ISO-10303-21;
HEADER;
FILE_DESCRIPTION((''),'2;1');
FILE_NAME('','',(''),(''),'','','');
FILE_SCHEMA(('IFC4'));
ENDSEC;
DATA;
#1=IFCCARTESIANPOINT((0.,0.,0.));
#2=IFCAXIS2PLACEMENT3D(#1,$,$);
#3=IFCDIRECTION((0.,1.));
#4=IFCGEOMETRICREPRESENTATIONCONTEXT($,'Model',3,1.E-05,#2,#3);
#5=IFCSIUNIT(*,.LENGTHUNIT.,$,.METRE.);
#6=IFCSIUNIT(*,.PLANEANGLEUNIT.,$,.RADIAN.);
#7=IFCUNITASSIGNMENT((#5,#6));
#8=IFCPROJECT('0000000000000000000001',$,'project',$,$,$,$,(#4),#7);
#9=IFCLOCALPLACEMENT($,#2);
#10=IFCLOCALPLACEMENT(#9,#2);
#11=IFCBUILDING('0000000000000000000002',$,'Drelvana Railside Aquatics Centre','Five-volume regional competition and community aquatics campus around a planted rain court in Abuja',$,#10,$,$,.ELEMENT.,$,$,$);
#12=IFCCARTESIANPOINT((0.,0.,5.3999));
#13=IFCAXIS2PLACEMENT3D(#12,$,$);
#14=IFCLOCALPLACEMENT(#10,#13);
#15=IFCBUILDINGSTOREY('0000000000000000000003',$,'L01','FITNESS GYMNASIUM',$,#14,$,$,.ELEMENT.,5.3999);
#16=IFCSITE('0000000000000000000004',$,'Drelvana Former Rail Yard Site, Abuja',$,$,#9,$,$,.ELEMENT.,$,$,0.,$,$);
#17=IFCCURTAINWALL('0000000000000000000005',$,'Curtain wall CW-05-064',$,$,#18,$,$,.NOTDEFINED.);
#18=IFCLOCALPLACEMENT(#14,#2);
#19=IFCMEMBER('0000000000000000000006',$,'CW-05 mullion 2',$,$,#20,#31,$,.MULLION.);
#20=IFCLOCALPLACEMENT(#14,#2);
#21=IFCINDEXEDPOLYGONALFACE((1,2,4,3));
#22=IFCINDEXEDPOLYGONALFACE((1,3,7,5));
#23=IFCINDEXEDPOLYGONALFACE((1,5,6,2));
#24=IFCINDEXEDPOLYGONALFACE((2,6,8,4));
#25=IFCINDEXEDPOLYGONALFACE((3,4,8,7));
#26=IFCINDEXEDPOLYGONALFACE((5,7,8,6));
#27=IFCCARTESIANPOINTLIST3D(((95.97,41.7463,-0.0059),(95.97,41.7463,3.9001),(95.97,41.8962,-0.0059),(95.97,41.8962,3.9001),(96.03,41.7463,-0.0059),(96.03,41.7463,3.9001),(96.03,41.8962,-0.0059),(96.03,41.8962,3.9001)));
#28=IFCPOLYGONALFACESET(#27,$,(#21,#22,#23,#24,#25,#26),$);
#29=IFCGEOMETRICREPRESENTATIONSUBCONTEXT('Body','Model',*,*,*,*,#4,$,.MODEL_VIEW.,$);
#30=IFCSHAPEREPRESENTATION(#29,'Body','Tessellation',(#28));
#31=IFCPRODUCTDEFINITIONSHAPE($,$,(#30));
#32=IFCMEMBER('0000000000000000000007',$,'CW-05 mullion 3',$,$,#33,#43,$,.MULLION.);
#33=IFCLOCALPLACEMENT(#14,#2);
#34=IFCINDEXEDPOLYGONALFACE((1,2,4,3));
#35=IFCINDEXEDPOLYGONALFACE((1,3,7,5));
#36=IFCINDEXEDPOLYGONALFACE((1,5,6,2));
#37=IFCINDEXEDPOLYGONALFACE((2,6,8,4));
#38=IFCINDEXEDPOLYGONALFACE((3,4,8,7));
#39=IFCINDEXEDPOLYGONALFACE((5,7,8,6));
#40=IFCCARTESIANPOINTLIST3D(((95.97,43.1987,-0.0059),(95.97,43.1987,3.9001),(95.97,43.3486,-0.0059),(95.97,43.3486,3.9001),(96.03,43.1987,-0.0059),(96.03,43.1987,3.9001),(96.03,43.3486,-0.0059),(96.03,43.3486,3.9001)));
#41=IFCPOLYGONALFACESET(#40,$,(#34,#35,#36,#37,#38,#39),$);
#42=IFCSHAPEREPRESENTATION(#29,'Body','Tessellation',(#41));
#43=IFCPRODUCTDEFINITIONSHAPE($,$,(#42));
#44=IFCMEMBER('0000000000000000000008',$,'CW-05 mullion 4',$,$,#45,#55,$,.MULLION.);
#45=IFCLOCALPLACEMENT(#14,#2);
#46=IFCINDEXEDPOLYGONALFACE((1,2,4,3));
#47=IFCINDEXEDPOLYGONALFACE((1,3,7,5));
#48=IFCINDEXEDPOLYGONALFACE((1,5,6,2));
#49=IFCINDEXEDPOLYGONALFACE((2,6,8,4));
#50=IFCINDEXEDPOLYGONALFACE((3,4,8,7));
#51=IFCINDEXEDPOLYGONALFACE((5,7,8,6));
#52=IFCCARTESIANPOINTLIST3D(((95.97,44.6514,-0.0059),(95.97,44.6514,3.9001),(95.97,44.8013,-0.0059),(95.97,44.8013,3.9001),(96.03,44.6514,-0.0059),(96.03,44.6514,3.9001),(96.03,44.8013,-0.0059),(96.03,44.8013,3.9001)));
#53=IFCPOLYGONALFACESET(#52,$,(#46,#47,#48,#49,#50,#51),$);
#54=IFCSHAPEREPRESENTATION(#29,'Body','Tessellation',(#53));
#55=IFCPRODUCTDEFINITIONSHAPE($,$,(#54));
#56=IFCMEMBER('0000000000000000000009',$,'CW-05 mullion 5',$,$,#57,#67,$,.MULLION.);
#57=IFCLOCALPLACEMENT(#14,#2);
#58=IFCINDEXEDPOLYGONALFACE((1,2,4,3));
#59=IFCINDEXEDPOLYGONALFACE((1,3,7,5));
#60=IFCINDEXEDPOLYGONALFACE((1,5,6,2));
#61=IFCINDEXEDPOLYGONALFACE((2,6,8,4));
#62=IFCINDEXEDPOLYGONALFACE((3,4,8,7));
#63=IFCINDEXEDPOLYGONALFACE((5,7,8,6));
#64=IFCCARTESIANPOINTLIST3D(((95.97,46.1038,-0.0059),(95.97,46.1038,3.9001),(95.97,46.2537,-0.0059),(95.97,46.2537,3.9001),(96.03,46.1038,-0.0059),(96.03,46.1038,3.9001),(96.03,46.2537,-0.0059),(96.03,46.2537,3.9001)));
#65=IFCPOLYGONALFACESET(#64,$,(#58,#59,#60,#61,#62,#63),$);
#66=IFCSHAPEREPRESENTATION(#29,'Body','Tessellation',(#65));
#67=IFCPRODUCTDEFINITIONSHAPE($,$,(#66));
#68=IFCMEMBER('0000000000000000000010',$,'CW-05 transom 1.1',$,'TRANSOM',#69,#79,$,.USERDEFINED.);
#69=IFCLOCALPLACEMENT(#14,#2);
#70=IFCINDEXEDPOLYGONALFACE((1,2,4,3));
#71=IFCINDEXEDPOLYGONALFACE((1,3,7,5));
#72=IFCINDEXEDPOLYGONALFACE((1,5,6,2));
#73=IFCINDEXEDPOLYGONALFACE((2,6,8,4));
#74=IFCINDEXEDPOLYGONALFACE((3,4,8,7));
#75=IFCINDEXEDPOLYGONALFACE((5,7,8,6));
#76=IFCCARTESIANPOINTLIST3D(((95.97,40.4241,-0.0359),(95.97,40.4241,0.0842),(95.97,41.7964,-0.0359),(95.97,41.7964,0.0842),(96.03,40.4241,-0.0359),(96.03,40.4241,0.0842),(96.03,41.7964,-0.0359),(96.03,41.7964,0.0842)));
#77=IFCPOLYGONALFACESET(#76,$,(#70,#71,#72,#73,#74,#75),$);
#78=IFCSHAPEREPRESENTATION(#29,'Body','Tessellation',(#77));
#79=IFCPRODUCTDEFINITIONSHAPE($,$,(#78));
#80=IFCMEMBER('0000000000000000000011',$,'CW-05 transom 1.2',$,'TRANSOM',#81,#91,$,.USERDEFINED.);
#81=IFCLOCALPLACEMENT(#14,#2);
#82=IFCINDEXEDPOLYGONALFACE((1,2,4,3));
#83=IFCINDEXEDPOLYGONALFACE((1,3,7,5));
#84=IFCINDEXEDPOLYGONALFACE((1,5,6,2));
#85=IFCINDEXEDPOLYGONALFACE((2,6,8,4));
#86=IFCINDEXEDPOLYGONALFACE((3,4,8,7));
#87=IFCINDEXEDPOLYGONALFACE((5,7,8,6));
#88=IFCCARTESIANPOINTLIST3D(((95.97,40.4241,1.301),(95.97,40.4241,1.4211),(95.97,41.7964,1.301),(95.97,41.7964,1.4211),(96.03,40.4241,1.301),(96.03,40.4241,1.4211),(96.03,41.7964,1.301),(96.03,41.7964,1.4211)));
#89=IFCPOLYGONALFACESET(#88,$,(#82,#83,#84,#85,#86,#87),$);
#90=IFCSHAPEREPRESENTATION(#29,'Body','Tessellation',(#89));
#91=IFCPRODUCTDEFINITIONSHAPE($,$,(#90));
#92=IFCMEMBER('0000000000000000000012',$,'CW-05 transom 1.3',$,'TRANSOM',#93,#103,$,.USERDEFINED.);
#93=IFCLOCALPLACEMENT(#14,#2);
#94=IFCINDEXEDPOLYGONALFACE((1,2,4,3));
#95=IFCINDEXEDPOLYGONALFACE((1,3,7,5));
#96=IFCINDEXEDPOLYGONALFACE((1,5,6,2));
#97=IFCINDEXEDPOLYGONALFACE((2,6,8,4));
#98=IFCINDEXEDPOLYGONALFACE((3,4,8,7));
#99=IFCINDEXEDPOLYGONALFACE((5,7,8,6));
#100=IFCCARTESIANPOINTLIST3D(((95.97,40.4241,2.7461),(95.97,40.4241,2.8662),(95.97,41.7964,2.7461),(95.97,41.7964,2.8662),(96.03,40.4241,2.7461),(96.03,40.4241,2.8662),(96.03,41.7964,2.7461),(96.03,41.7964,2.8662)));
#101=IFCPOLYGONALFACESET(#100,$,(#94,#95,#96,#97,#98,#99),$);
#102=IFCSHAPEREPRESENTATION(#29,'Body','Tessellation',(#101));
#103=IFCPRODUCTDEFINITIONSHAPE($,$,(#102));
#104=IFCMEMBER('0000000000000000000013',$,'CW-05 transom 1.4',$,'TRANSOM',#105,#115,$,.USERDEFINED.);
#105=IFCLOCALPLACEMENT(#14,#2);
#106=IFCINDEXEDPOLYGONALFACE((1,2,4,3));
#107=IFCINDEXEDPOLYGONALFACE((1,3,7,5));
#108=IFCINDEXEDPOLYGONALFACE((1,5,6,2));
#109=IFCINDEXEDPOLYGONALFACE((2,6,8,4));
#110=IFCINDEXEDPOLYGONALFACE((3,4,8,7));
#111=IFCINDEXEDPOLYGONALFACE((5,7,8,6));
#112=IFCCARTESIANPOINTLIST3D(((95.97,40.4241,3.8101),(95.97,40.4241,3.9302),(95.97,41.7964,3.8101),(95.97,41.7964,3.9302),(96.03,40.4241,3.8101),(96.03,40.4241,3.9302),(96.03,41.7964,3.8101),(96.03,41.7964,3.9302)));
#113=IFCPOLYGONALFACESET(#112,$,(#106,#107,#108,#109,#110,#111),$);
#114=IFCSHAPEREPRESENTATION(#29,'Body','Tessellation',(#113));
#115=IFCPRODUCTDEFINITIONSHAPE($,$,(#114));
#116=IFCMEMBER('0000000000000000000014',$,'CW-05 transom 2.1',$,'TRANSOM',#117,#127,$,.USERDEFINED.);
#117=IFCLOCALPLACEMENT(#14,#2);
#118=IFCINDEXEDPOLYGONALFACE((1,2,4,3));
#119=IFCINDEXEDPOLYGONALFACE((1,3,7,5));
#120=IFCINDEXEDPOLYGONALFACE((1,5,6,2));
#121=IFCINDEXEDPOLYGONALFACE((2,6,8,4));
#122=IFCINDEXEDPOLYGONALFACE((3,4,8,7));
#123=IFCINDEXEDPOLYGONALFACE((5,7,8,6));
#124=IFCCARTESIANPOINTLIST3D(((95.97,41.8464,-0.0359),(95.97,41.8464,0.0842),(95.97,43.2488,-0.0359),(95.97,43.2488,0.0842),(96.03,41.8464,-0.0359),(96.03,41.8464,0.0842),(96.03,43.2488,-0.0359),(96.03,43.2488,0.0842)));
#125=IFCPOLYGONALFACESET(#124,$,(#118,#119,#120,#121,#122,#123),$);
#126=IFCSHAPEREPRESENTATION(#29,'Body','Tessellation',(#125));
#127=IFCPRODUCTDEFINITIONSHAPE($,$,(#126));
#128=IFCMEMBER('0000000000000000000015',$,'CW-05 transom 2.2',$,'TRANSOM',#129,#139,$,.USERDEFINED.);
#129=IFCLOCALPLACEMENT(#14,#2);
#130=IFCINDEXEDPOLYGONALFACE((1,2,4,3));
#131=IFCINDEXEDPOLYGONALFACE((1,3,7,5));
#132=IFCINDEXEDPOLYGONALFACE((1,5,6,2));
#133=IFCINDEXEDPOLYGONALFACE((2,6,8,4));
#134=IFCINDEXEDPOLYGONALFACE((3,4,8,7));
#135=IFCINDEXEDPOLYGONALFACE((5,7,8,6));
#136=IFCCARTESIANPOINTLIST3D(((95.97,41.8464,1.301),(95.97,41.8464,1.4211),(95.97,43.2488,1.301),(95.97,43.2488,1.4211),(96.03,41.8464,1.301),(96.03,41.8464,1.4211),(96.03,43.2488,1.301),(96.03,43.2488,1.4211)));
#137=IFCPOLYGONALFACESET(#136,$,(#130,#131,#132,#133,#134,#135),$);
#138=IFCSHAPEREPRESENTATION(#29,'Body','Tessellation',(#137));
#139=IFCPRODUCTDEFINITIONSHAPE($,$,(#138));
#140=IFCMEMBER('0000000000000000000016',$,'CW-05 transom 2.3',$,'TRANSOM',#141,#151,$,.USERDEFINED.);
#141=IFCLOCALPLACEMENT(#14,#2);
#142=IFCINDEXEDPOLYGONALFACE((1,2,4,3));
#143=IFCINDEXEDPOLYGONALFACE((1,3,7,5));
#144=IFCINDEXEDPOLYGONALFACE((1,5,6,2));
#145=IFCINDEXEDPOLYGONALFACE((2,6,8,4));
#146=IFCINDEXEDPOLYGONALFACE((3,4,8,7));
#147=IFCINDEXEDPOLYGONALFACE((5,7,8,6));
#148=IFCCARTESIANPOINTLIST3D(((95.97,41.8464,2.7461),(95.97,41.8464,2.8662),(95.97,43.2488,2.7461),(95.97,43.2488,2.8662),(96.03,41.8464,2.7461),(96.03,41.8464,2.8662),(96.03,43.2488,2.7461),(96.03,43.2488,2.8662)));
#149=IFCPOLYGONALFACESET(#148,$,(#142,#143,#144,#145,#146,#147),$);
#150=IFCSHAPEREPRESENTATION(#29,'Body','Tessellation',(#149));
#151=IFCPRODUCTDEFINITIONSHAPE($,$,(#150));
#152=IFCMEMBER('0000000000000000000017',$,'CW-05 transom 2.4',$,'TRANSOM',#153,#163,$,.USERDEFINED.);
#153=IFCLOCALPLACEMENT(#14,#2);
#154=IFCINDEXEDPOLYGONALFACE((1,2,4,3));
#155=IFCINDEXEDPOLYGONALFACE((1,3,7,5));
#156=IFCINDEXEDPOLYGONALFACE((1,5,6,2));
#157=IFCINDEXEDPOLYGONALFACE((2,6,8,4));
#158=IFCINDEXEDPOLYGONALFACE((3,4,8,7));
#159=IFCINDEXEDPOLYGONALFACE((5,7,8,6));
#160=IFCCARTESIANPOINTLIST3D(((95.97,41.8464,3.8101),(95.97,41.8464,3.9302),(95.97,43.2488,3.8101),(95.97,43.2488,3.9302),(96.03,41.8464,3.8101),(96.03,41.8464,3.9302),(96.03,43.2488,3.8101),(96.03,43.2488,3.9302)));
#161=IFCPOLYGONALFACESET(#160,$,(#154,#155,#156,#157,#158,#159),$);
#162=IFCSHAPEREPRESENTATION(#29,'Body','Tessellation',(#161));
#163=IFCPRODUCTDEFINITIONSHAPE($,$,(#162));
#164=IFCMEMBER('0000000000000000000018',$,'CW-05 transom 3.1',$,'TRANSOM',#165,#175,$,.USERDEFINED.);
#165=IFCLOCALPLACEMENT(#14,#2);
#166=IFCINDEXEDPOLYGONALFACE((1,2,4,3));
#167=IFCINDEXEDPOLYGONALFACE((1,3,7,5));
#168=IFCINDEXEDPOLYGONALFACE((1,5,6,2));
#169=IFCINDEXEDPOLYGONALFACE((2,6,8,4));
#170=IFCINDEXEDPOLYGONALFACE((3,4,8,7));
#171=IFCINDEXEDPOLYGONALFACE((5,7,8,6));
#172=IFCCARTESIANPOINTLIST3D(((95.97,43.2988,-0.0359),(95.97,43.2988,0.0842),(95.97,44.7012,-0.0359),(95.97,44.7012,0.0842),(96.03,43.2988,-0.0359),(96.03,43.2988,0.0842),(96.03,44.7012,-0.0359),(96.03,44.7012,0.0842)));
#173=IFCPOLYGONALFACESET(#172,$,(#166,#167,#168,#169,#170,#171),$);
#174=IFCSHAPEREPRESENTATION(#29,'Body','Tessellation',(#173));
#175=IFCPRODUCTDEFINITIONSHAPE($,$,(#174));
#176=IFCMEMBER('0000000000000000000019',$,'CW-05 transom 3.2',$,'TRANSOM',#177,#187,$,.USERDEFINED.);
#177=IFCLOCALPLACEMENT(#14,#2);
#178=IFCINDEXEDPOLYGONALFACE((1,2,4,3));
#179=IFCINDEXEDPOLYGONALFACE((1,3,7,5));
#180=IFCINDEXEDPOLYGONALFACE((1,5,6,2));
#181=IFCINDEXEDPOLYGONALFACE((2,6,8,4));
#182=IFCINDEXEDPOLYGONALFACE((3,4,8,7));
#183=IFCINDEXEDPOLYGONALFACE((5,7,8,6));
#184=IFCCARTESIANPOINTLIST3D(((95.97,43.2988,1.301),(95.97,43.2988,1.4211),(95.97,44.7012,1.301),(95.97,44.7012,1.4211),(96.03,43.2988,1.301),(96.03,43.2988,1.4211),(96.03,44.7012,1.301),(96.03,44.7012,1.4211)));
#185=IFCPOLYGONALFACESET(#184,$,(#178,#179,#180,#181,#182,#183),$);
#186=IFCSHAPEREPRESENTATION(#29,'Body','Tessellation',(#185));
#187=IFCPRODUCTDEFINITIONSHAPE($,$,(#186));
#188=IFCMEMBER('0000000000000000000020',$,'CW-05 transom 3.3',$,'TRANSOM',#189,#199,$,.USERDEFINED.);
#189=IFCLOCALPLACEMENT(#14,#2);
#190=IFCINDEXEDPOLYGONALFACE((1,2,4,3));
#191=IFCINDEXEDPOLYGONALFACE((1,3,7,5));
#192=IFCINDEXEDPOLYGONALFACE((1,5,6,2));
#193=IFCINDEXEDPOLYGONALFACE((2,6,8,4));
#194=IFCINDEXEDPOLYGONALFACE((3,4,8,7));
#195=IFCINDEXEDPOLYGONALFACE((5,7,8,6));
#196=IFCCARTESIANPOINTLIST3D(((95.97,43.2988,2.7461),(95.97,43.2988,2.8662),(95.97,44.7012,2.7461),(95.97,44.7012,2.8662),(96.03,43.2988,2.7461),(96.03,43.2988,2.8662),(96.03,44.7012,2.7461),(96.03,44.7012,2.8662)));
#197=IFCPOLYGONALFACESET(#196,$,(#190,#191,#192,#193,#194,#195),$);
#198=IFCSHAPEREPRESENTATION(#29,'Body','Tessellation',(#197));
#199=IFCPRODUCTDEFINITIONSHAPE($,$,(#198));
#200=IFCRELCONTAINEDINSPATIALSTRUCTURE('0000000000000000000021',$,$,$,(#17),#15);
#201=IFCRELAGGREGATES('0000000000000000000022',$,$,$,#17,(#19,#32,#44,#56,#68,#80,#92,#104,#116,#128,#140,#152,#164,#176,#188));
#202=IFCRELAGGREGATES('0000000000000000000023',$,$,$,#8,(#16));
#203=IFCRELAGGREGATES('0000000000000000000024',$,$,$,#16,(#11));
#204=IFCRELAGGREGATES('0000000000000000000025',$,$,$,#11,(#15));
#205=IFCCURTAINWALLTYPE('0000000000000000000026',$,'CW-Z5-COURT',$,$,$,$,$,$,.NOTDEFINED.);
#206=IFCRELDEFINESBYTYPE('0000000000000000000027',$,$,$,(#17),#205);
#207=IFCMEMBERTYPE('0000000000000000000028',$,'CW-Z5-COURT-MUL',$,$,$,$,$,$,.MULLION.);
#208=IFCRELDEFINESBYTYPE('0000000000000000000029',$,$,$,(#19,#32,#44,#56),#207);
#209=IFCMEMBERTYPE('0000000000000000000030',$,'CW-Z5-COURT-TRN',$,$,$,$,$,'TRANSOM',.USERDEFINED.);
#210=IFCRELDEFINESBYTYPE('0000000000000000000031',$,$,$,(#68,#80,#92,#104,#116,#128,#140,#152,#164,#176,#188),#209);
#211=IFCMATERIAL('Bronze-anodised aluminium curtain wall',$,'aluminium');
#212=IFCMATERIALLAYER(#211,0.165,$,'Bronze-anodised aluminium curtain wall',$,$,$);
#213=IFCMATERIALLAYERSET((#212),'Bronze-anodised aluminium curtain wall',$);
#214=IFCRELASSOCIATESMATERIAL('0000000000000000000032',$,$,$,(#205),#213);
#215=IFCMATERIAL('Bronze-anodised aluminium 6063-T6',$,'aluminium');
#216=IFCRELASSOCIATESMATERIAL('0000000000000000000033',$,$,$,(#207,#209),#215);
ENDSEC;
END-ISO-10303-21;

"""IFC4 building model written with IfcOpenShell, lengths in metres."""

from ifc_helpers import new_model, si_unit, direction, frame, origin, origin_2d, place, context, subcontext, project, spatial, rectangle, extrude, material, layer, layer_set, material_profile, profile_set, type_object, element, aggregate, save


model = new_model("IFC4")

# Units and contexts
model_context = context("Model", 3, precision=1e-05, world=origin(), true_north=direction((0.0, 1.0)))
body_context = subcontext(model_context, "Body", "Model", "MODEL_VIEW")
ifc_project = project(units=[si_unit("LENGTHUNIT", "METRE"), si_unit("PLANEANGLEUNIT", "RADIAN")], contexts=[model_context])

# Site, building, storey
site_placement = place(None, origin())
site = spatial("IfcSite", under=ifc_project, at=site_placement, Name="Drelvana Former Rail Yard Site, Abuja", CompositionType="ELEMENT", RefElevation=0.0)
building_placement = place(site_placement, origin())
building = spatial("IfcBuilding", under=site, at=building_placement, Name="Drelvana Railside Aquatics Centre", Description="Five-volume regional competition and community aquatics campus around a planted rain court in Abuja", CompositionType="ELEMENT")
storey_placement = place(building_placement, frame((0.0, 0.0, 5.3999)))
storey = spatial("IfcBuildingStorey", under=building, at=storey_placement, Name="L01", Description="FITNESS GYMNASIUM", CompositionType="ELEMENT", Elevation=5.3999)

# Curtain wall, members
ifc_material_1 = material(Name="Bronze-anodised aluminium curtain wall", Category="aluminium")
ifc_layer_1 = layer(ifc_material_1, 0.165, Name="Bronze-anodised aluminium curtain wall")
ifc_layer_set_1 = layer_set([ifc_layer_1], Name="Bronze-anodised aluminium curtain wall")
curtain_wall_type = type_object("IfcCurtainWallType", Name="CW-Z5-COURT", PredefinedType="NOTDEFINED", material=ifc_layer_set_1)
curtain_wall_placement = place(storey_placement, origin())
curtain_wall = element("IfcCurtainWall", 1, at=curtain_wall_placement, inside=storey, type_object=curtain_wall_type, Name="Curtain wall CW-05-064", PredefinedType="NOTDEFINED")
ifc_material_2 = material(Name="Bronze-anodised aluminium 6063-T6", Category="aluminium")
ifc_material_profile_1 = material_profile(ifc_material_2, rectangle(XDim=0.0601, YDim=0.1499, at=origin_2d()), Name="ALU-M 60x150")
ifc_profile_set_1 = profile_set([ifc_material_profile_1], Name="Bronze-anodised aluminium 6063-T6")
member_type_1 = type_object("IfcMemberType", Name="CW-Z5-COURT-MUL", PredefinedType="MULLION", material=ifc_profile_set_1)
member_1_placement = place(storey_placement, frame((96.0, 41.8213, -0.0059), z_axis=(0.0, 0.0, 1.0), x_axis=(-1.0, 0.0, 0.0)))
member_1 = element("IfcMember", 2, at=member_1_placement, type_object=member_type_1, Name="CW-05 mullion 2", PredefinedType="MULLION", context=body_context, shape_type="SweptSolid", body=[
    extrude(rectangle(XDim=0.0601, YDim=0.1499, at=origin_2d()), origin(), (0.0, 0.0, 1.0), 3.906),
])
member_2_placement = place(storey_placement, frame((96.0, 43.2737, -0.0059), z_axis=(0.0, 0.0, 1.0), x_axis=(-1.0, 0.0, 0.0)))
member_2 = element("IfcMember", 3, at=member_2_placement, type_object=member_type_1, Name="CW-05 mullion 3", PredefinedType="MULLION", context=body_context, shape_type="SweptSolid", body=[
    extrude(rectangle(XDim=0.0601, YDim=0.1499, at=origin_2d()), origin(), (0.0, 0.0, 1.0), 3.906),
])
member_3_placement = place(storey_placement, frame((96.0, 44.7263, -0.0059), z_axis=(0.0, 0.0, 1.0), x_axis=(-1.0, 0.0, 0.0)))
member_3 = element("IfcMember", 4, at=member_3_placement, type_object=member_type_1, Name="CW-05 mullion 4", PredefinedType="MULLION", context=body_context, shape_type="SweptSolid", body=[
    extrude(rectangle(XDim=0.0601, YDim=0.1499, at=origin_2d()), origin(), (0.0, 0.0, 1.0), 3.906),
])
member_4_placement = place(storey_placement, frame((96.0, 46.1787, -0.0059), z_axis=(0.0, 0.0, 1.0), x_axis=(-1.0, 0.0, 0.0)))
member_4 = element("IfcMember", 5, at=member_4_placement, type_object=member_type_1, Name="CW-05 mullion 5", PredefinedType="MULLION", context=body_context, shape_type="SweptSolid", body=[
    extrude(rectangle(XDim=0.0601, YDim=0.1499, at=origin_2d()), origin(), (0.0, 0.0, 1.0), 3.906),
])
ifc_material_profile_2 = material_profile(ifc_material_2, rectangle(XDim=0.1201, YDim=0.0601, at=origin_2d()), Name="ALU-T 60x120")
ifc_profile_set_2 = profile_set([ifc_material_profile_2], Name="Bronze-anodised aluminium 6063-T6")
member_type_2 = type_object("IfcMemberType", Name="CW-Z5-COURT-TRN", ElementType="TRANSOM", PredefinedType="USERDEFINED", material=ifc_profile_set_2)
member_5_placement = place(storey_placement, frame((96.0, 40.4241, 0.0242), z_axis=(0.0, 1.0, 0.0), x_axis=(0.0, 0.0, 1.0)))
member_5 = element("IfcMember", 6, at=member_5_placement, type_object=member_type_2, Name="CW-05 transom 1.1", ObjectType="TRANSOM", PredefinedType="USERDEFINED", context=body_context, shape_type="SweptSolid", body=[
    extrude(rectangle(XDim=0.1201, YDim=0.0601, at=origin_2d()), origin(), (0.0, 0.0, 1.0), 1.3723),
])
member_6_placement = place(storey_placement, frame((96.0, 40.4241, 1.3611), z_axis=(0.0, 1.0, 0.0), x_axis=(0.0, 0.0, 1.0)))
member_6 = element("IfcMember", 7, at=member_6_placement, type_object=member_type_2, Name="CW-05 transom 1.2", ObjectType="TRANSOM", PredefinedType="USERDEFINED", context=body_context, shape_type="SweptSolid", body=[
    extrude(rectangle(XDim=0.1201, YDim=0.0601, at=origin_2d()), origin(), (0.0, 0.0, 1.0), 1.3723),
])
member_7_placement = place(storey_placement, frame((96.0, 40.4241, 2.8062), z_axis=(0.0, 1.0, 0.0), x_axis=(0.0, 0.0, 1.0)))
member_7 = element("IfcMember", 8, at=member_7_placement, type_object=member_type_2, Name="CW-05 transom 1.3", ObjectType="TRANSOM", PredefinedType="USERDEFINED", context=body_context, shape_type="SweptSolid", body=[
    extrude(rectangle(XDim=0.1201, YDim=0.0601, at=origin_2d()), origin(), (0.0, 0.0, 1.0), 1.3723),
])
member_8_placement = place(storey_placement, frame((96.0, 40.4241, 3.8701), z_axis=(0.0, 1.0, 0.0), x_axis=(0.0, 0.0, 1.0)))
member_8 = element("IfcMember", 9, at=member_8_placement, type_object=member_type_2, Name="CW-05 transom 1.4", ObjectType="TRANSOM", PredefinedType="USERDEFINED", context=body_context, shape_type="SweptSolid", body=[
    extrude(rectangle(XDim=0.1201, YDim=0.0601, at=origin_2d()), origin(), (0.0, 0.0, 1.0), 1.3723),
])
member_9_placement = place(storey_placement, frame((96.0, 41.8464, 0.0242), z_axis=(0.0, 1.0, 0.0), x_axis=(0.0, 0.0, 1.0)))
member_9 = element("IfcMember", 10, at=member_9_placement, type_object=member_type_2, Name="CW-05 transom 2.1", ObjectType="TRANSOM", PredefinedType="USERDEFINED", context=body_context, shape_type="SweptSolid", body=[
    extrude(rectangle(XDim=0.1201, YDim=0.0601, at=origin_2d()), origin(), (0.0, 0.0, 1.0), 1.4023),
])
member_10_placement = place(storey_placement, frame((96.0, 41.8464, 1.3611), z_axis=(0.0, 1.0, 0.0), x_axis=(0.0, 0.0, 1.0)))
member_10 = element("IfcMember", 11, at=member_10_placement, type_object=member_type_2, Name="CW-05 transom 2.2", ObjectType="TRANSOM", PredefinedType="USERDEFINED", context=body_context, shape_type="SweptSolid", body=[
    extrude(rectangle(XDim=0.1201, YDim=0.0601, at=origin_2d()), origin(), (0.0, 0.0, 1.0), 1.4023),
])
member_11_placement = place(storey_placement, frame((96.0, 41.8464, 2.8062), z_axis=(0.0, 1.0, 0.0), x_axis=(0.0, 0.0, 1.0)))
member_11 = element("IfcMember", 12, at=member_11_placement, type_object=member_type_2, Name="CW-05 transom 2.3", ObjectType="TRANSOM", PredefinedType="USERDEFINED", context=body_context, shape_type="SweptSolid", body=[
    extrude(rectangle(XDim=0.1201, YDim=0.0601, at=origin_2d()), origin(), (0.0, 0.0, 1.0), 1.4023),
])
member_12_placement = place(storey_placement, frame((96.0, 41.8464, 3.8701), z_axis=(0.0, 1.0, 0.0), x_axis=(0.0, 0.0, 1.0)))
member_12 = element("IfcMember", 13, at=member_12_placement, type_object=member_type_2, Name="CW-05 transom 2.4", ObjectType="TRANSOM", PredefinedType="USERDEFINED", context=body_context, shape_type="SweptSolid", body=[
    extrude(rectangle(XDim=0.1201, YDim=0.0601, at=origin_2d()), origin(), (0.0, 0.0, 1.0), 1.4023),
])
member_13_placement = place(storey_placement, frame((96.0, 43.2988, 0.0242), z_axis=(0.0, 1.0, 0.0), x_axis=(0.0, 0.0, 1.0)))
member_13 = element("IfcMember", 14, at=member_13_placement, type_object=member_type_2, Name="CW-05 transom 3.1", ObjectType="TRANSOM", PredefinedType="USERDEFINED", context=body_context, shape_type="SweptSolid", body=[
    extrude(rectangle(XDim=0.1201, YDim=0.0601, at=origin_2d()), origin(), (0.0, 0.0, 1.0), 1.4023),
])
member_14_placement = place(storey_placement, frame((96.0, 43.2988, 1.3611), z_axis=(0.0, 1.0, 0.0), x_axis=(0.0, 0.0, 1.0)))
member_14 = element("IfcMember", 15, at=member_14_placement, type_object=member_type_2, Name="CW-05 transom 3.2", ObjectType="TRANSOM", PredefinedType="USERDEFINED", context=body_context, shape_type="SweptSolid", body=[
    extrude(rectangle(XDim=0.1201, YDim=0.0601, at=origin_2d()), origin(), (0.0, 0.0, 1.0), 1.4023),
])
member_15_placement = place(storey_placement, frame((96.0, 43.2988, 2.8062), z_axis=(0.0, 1.0, 0.0), x_axis=(0.0, 0.0, 1.0)))
member_15 = element("IfcMember", 16, at=member_15_placement, type_object=member_type_2, Name="CW-05 transom 3.3", ObjectType="TRANSOM", PredefinedType="USERDEFINED", context=body_context, shape_type="SweptSolid", body=[
    extrude(rectangle(XDim=0.1201, YDim=0.0601, at=origin_2d()), origin(), (0.0, 0.0, 1.0), 1.4023),
])

aggregate(curtain_wall, [member_1, member_2, member_3, member_4, member_5, member_6, member_7, member_8, member_9, member_10, member_11, member_12, member_13, member_14, member_15])

save(model, "model.ifc")
